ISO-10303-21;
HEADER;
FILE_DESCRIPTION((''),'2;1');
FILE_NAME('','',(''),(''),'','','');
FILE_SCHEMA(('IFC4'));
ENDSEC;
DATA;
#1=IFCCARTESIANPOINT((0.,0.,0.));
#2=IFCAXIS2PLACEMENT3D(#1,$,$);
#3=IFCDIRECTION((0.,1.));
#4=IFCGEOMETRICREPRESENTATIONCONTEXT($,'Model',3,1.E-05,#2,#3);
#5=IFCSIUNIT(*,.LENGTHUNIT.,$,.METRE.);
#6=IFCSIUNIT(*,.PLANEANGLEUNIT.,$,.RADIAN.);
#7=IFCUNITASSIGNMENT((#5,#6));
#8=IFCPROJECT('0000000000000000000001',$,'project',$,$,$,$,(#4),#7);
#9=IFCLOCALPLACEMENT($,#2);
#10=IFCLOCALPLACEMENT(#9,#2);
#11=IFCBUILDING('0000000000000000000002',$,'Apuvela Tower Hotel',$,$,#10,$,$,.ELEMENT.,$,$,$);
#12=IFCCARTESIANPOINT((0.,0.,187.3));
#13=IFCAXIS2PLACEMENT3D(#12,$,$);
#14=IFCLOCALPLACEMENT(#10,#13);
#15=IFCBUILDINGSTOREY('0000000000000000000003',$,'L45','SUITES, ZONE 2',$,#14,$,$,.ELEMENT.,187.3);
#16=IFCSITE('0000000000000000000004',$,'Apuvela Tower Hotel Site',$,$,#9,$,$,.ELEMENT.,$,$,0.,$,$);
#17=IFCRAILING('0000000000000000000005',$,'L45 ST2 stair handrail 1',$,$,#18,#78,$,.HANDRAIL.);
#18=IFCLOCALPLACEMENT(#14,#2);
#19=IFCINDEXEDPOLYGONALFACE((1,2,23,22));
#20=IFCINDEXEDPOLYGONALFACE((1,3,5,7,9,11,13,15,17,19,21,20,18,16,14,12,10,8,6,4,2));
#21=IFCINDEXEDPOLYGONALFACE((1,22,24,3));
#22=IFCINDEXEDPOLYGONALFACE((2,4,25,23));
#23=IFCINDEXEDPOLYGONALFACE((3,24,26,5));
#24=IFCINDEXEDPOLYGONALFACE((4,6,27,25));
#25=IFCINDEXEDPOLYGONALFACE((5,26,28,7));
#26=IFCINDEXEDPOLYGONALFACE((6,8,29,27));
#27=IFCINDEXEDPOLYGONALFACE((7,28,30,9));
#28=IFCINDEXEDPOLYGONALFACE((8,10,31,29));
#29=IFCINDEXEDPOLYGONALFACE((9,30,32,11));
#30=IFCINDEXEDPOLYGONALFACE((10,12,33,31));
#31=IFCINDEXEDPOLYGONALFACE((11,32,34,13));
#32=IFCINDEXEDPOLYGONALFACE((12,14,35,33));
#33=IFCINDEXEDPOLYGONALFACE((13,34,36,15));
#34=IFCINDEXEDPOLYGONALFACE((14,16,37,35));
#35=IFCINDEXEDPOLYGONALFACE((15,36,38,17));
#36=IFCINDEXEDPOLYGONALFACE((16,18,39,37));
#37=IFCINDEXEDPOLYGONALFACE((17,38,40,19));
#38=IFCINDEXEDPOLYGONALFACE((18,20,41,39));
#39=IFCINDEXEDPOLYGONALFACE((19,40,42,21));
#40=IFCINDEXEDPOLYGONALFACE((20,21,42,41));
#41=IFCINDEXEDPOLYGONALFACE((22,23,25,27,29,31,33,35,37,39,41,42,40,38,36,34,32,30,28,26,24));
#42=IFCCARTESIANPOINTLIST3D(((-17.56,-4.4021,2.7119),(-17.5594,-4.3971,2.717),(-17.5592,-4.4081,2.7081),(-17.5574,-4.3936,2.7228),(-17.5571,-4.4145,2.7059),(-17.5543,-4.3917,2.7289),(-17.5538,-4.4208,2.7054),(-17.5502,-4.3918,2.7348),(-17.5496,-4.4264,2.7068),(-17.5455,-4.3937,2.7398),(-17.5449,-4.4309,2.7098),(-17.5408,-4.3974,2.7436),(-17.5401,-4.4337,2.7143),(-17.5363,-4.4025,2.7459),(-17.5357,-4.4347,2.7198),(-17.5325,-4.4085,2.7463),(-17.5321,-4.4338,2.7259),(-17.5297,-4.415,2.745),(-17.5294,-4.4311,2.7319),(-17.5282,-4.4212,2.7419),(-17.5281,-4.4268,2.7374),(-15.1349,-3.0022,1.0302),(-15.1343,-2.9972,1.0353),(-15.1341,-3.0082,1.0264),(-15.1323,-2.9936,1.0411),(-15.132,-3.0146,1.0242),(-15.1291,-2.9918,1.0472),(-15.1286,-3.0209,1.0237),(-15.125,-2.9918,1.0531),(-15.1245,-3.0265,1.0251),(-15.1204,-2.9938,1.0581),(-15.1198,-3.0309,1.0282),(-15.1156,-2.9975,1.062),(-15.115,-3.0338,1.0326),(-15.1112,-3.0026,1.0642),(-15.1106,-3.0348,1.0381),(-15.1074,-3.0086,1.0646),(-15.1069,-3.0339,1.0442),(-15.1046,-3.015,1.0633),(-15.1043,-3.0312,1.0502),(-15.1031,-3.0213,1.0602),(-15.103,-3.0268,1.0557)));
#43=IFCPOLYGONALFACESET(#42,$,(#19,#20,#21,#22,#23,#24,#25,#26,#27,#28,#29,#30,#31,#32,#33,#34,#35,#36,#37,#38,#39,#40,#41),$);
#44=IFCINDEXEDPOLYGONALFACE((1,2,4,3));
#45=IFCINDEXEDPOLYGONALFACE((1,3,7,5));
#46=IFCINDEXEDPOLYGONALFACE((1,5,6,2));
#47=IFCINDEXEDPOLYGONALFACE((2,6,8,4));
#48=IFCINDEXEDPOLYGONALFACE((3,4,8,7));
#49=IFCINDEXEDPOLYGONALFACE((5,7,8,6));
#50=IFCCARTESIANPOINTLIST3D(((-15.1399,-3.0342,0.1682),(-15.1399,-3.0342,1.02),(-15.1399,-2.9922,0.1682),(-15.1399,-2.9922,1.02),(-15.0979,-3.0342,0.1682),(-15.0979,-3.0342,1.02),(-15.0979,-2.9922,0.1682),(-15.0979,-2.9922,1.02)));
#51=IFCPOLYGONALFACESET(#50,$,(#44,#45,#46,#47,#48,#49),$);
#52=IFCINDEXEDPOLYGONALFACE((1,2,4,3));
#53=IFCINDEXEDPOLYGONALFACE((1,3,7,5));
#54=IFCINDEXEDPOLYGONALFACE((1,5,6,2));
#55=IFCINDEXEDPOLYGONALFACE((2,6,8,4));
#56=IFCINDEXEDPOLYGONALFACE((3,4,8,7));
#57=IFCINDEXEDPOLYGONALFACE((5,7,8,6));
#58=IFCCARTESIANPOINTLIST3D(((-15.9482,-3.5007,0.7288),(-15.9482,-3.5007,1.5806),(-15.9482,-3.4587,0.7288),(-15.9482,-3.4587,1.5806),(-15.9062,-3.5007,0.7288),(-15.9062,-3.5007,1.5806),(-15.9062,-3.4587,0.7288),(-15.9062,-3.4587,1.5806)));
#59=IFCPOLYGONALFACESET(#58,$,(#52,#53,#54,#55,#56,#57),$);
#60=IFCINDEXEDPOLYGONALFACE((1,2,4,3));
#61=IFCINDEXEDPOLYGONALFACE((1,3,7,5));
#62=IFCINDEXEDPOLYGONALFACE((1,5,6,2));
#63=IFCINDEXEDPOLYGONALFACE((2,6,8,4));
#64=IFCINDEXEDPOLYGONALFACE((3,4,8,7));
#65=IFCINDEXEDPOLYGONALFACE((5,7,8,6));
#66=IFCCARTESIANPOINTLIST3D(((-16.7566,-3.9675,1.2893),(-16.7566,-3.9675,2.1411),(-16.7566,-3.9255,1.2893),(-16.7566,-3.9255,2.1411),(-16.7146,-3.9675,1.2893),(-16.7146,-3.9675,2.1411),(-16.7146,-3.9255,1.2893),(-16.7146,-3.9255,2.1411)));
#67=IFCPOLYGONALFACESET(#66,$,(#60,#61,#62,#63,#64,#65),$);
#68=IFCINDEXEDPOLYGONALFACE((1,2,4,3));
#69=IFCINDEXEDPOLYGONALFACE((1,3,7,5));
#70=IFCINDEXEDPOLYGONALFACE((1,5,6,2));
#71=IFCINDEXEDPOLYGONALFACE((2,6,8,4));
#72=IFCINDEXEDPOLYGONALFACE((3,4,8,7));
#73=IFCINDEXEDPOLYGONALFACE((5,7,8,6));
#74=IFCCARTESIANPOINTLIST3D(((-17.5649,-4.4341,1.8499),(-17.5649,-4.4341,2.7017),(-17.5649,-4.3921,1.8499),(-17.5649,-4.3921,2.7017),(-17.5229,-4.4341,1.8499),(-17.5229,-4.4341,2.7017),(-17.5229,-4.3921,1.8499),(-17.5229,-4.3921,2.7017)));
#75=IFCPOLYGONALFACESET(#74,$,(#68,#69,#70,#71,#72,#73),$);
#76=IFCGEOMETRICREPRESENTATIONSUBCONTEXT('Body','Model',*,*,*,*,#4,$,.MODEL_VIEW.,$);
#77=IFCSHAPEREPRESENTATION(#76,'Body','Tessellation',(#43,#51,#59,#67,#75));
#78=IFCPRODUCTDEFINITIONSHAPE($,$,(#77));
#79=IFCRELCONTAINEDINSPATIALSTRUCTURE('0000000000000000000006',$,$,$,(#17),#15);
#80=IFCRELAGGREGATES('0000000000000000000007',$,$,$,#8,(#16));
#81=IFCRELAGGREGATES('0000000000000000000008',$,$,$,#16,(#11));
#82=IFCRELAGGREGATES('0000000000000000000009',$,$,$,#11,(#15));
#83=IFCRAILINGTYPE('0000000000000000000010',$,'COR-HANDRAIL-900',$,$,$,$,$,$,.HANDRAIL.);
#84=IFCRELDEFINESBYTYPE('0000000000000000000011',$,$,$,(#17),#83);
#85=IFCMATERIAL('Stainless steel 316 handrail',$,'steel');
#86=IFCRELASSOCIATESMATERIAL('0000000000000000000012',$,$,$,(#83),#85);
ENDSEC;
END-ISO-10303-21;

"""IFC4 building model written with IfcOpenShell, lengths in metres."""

from ifc_helpers import new_model, si_unit, direction, frame, origin, origin_2d, place, context, subcontext, project, spatial, rectangle, circle, extrude, material, type_object, element, save


model = new_model("IFC4")

# Units and contexts
model_context = context("Model", 3, precision=1e-05, world=origin(), true_north=direction((0.0, 1.0)))
body_context = subcontext(model_context, "Body", "Model", "MODEL_VIEW")
ifc_project = project(units=[si_unit("LENGTHUNIT", "METRE"), si_unit("PLANEANGLEUNIT", "RADIAN")], contexts=[model_context])

# Site, building, storey
site_placement = place(None, origin())
site = spatial("IfcSite", under=ifc_project, at=site_placement, Name="Apuvela Tower Hotel Site", CompositionType="ELEMENT", RefElevation=0.0)
building_placement = place(site_placement, origin())
building = spatial("IfcBuilding", under=site, at=building_placement, Name="Apuvela Tower Hotel", CompositionType="ELEMENT")
storey_placement = place(building_placement, frame((0.0, 0.0, 187.3)))
storey = spatial("IfcBuildingStorey", under=building, at=storey_placement, Name="L45", Description="SUITES, ZONE 2", CompositionType="ELEMENT", Elevation=187.3)

# Railing
ifc_material_1 = material(Name="Stainless steel 316 handrail", Category="steel")
railing_type_1 = type_object("IfcRailingType", Name="COR-HANDRAIL-900", PredefinedType="HANDRAIL", material=ifc_material_1)
railing_1_placement = place(storey_placement, frame((-15.1189, -3.0132, 0.1682)))
element("IfcRailing", 1, at=railing_1_placement, inside=storey, type_object=railing_type_1, Name="L45 ST2 stair handrail 1", PredefinedType="HANDRAIL", context=body_context, shape_type="SweptSolid", body=[
    extrude(circle(Radius=0.0239, at=origin_2d()), frame((0.0, 0.0, 0.876), z_axis=(-0.742453, -0.428594, 0.514851), x_axis=(0.499946, -0.866056, 0.0)), (0.0, 0.0, 1.0), 3.2664),
    extrude(rectangle(XDim=0.042, YDim=0.042, at=origin_2d()), origin(), (0.0, 0.0, 1.0), 0.8518),
    extrude(rectangle(XDim=0.042, YDim=0.042, at=origin_2d()), frame((-0.8083, -0.4666, 0.5605)), (0.0, 0.0, 1.0), 0.8518),
    extrude(rectangle(XDim=0.042, YDim=0.042, at=origin_2d()), frame((-1.6167, -0.9333, 1.1211)), (0.0, 0.0, 1.0), 0.8518),
    extrude(rectangle(XDim=0.042, YDim=0.042, at=origin_2d()), frame((-2.425, -1.3999, 1.6816)), (0.0, 0.0, 1.0), 0.8518),
])

save(model, "model.ifc")
